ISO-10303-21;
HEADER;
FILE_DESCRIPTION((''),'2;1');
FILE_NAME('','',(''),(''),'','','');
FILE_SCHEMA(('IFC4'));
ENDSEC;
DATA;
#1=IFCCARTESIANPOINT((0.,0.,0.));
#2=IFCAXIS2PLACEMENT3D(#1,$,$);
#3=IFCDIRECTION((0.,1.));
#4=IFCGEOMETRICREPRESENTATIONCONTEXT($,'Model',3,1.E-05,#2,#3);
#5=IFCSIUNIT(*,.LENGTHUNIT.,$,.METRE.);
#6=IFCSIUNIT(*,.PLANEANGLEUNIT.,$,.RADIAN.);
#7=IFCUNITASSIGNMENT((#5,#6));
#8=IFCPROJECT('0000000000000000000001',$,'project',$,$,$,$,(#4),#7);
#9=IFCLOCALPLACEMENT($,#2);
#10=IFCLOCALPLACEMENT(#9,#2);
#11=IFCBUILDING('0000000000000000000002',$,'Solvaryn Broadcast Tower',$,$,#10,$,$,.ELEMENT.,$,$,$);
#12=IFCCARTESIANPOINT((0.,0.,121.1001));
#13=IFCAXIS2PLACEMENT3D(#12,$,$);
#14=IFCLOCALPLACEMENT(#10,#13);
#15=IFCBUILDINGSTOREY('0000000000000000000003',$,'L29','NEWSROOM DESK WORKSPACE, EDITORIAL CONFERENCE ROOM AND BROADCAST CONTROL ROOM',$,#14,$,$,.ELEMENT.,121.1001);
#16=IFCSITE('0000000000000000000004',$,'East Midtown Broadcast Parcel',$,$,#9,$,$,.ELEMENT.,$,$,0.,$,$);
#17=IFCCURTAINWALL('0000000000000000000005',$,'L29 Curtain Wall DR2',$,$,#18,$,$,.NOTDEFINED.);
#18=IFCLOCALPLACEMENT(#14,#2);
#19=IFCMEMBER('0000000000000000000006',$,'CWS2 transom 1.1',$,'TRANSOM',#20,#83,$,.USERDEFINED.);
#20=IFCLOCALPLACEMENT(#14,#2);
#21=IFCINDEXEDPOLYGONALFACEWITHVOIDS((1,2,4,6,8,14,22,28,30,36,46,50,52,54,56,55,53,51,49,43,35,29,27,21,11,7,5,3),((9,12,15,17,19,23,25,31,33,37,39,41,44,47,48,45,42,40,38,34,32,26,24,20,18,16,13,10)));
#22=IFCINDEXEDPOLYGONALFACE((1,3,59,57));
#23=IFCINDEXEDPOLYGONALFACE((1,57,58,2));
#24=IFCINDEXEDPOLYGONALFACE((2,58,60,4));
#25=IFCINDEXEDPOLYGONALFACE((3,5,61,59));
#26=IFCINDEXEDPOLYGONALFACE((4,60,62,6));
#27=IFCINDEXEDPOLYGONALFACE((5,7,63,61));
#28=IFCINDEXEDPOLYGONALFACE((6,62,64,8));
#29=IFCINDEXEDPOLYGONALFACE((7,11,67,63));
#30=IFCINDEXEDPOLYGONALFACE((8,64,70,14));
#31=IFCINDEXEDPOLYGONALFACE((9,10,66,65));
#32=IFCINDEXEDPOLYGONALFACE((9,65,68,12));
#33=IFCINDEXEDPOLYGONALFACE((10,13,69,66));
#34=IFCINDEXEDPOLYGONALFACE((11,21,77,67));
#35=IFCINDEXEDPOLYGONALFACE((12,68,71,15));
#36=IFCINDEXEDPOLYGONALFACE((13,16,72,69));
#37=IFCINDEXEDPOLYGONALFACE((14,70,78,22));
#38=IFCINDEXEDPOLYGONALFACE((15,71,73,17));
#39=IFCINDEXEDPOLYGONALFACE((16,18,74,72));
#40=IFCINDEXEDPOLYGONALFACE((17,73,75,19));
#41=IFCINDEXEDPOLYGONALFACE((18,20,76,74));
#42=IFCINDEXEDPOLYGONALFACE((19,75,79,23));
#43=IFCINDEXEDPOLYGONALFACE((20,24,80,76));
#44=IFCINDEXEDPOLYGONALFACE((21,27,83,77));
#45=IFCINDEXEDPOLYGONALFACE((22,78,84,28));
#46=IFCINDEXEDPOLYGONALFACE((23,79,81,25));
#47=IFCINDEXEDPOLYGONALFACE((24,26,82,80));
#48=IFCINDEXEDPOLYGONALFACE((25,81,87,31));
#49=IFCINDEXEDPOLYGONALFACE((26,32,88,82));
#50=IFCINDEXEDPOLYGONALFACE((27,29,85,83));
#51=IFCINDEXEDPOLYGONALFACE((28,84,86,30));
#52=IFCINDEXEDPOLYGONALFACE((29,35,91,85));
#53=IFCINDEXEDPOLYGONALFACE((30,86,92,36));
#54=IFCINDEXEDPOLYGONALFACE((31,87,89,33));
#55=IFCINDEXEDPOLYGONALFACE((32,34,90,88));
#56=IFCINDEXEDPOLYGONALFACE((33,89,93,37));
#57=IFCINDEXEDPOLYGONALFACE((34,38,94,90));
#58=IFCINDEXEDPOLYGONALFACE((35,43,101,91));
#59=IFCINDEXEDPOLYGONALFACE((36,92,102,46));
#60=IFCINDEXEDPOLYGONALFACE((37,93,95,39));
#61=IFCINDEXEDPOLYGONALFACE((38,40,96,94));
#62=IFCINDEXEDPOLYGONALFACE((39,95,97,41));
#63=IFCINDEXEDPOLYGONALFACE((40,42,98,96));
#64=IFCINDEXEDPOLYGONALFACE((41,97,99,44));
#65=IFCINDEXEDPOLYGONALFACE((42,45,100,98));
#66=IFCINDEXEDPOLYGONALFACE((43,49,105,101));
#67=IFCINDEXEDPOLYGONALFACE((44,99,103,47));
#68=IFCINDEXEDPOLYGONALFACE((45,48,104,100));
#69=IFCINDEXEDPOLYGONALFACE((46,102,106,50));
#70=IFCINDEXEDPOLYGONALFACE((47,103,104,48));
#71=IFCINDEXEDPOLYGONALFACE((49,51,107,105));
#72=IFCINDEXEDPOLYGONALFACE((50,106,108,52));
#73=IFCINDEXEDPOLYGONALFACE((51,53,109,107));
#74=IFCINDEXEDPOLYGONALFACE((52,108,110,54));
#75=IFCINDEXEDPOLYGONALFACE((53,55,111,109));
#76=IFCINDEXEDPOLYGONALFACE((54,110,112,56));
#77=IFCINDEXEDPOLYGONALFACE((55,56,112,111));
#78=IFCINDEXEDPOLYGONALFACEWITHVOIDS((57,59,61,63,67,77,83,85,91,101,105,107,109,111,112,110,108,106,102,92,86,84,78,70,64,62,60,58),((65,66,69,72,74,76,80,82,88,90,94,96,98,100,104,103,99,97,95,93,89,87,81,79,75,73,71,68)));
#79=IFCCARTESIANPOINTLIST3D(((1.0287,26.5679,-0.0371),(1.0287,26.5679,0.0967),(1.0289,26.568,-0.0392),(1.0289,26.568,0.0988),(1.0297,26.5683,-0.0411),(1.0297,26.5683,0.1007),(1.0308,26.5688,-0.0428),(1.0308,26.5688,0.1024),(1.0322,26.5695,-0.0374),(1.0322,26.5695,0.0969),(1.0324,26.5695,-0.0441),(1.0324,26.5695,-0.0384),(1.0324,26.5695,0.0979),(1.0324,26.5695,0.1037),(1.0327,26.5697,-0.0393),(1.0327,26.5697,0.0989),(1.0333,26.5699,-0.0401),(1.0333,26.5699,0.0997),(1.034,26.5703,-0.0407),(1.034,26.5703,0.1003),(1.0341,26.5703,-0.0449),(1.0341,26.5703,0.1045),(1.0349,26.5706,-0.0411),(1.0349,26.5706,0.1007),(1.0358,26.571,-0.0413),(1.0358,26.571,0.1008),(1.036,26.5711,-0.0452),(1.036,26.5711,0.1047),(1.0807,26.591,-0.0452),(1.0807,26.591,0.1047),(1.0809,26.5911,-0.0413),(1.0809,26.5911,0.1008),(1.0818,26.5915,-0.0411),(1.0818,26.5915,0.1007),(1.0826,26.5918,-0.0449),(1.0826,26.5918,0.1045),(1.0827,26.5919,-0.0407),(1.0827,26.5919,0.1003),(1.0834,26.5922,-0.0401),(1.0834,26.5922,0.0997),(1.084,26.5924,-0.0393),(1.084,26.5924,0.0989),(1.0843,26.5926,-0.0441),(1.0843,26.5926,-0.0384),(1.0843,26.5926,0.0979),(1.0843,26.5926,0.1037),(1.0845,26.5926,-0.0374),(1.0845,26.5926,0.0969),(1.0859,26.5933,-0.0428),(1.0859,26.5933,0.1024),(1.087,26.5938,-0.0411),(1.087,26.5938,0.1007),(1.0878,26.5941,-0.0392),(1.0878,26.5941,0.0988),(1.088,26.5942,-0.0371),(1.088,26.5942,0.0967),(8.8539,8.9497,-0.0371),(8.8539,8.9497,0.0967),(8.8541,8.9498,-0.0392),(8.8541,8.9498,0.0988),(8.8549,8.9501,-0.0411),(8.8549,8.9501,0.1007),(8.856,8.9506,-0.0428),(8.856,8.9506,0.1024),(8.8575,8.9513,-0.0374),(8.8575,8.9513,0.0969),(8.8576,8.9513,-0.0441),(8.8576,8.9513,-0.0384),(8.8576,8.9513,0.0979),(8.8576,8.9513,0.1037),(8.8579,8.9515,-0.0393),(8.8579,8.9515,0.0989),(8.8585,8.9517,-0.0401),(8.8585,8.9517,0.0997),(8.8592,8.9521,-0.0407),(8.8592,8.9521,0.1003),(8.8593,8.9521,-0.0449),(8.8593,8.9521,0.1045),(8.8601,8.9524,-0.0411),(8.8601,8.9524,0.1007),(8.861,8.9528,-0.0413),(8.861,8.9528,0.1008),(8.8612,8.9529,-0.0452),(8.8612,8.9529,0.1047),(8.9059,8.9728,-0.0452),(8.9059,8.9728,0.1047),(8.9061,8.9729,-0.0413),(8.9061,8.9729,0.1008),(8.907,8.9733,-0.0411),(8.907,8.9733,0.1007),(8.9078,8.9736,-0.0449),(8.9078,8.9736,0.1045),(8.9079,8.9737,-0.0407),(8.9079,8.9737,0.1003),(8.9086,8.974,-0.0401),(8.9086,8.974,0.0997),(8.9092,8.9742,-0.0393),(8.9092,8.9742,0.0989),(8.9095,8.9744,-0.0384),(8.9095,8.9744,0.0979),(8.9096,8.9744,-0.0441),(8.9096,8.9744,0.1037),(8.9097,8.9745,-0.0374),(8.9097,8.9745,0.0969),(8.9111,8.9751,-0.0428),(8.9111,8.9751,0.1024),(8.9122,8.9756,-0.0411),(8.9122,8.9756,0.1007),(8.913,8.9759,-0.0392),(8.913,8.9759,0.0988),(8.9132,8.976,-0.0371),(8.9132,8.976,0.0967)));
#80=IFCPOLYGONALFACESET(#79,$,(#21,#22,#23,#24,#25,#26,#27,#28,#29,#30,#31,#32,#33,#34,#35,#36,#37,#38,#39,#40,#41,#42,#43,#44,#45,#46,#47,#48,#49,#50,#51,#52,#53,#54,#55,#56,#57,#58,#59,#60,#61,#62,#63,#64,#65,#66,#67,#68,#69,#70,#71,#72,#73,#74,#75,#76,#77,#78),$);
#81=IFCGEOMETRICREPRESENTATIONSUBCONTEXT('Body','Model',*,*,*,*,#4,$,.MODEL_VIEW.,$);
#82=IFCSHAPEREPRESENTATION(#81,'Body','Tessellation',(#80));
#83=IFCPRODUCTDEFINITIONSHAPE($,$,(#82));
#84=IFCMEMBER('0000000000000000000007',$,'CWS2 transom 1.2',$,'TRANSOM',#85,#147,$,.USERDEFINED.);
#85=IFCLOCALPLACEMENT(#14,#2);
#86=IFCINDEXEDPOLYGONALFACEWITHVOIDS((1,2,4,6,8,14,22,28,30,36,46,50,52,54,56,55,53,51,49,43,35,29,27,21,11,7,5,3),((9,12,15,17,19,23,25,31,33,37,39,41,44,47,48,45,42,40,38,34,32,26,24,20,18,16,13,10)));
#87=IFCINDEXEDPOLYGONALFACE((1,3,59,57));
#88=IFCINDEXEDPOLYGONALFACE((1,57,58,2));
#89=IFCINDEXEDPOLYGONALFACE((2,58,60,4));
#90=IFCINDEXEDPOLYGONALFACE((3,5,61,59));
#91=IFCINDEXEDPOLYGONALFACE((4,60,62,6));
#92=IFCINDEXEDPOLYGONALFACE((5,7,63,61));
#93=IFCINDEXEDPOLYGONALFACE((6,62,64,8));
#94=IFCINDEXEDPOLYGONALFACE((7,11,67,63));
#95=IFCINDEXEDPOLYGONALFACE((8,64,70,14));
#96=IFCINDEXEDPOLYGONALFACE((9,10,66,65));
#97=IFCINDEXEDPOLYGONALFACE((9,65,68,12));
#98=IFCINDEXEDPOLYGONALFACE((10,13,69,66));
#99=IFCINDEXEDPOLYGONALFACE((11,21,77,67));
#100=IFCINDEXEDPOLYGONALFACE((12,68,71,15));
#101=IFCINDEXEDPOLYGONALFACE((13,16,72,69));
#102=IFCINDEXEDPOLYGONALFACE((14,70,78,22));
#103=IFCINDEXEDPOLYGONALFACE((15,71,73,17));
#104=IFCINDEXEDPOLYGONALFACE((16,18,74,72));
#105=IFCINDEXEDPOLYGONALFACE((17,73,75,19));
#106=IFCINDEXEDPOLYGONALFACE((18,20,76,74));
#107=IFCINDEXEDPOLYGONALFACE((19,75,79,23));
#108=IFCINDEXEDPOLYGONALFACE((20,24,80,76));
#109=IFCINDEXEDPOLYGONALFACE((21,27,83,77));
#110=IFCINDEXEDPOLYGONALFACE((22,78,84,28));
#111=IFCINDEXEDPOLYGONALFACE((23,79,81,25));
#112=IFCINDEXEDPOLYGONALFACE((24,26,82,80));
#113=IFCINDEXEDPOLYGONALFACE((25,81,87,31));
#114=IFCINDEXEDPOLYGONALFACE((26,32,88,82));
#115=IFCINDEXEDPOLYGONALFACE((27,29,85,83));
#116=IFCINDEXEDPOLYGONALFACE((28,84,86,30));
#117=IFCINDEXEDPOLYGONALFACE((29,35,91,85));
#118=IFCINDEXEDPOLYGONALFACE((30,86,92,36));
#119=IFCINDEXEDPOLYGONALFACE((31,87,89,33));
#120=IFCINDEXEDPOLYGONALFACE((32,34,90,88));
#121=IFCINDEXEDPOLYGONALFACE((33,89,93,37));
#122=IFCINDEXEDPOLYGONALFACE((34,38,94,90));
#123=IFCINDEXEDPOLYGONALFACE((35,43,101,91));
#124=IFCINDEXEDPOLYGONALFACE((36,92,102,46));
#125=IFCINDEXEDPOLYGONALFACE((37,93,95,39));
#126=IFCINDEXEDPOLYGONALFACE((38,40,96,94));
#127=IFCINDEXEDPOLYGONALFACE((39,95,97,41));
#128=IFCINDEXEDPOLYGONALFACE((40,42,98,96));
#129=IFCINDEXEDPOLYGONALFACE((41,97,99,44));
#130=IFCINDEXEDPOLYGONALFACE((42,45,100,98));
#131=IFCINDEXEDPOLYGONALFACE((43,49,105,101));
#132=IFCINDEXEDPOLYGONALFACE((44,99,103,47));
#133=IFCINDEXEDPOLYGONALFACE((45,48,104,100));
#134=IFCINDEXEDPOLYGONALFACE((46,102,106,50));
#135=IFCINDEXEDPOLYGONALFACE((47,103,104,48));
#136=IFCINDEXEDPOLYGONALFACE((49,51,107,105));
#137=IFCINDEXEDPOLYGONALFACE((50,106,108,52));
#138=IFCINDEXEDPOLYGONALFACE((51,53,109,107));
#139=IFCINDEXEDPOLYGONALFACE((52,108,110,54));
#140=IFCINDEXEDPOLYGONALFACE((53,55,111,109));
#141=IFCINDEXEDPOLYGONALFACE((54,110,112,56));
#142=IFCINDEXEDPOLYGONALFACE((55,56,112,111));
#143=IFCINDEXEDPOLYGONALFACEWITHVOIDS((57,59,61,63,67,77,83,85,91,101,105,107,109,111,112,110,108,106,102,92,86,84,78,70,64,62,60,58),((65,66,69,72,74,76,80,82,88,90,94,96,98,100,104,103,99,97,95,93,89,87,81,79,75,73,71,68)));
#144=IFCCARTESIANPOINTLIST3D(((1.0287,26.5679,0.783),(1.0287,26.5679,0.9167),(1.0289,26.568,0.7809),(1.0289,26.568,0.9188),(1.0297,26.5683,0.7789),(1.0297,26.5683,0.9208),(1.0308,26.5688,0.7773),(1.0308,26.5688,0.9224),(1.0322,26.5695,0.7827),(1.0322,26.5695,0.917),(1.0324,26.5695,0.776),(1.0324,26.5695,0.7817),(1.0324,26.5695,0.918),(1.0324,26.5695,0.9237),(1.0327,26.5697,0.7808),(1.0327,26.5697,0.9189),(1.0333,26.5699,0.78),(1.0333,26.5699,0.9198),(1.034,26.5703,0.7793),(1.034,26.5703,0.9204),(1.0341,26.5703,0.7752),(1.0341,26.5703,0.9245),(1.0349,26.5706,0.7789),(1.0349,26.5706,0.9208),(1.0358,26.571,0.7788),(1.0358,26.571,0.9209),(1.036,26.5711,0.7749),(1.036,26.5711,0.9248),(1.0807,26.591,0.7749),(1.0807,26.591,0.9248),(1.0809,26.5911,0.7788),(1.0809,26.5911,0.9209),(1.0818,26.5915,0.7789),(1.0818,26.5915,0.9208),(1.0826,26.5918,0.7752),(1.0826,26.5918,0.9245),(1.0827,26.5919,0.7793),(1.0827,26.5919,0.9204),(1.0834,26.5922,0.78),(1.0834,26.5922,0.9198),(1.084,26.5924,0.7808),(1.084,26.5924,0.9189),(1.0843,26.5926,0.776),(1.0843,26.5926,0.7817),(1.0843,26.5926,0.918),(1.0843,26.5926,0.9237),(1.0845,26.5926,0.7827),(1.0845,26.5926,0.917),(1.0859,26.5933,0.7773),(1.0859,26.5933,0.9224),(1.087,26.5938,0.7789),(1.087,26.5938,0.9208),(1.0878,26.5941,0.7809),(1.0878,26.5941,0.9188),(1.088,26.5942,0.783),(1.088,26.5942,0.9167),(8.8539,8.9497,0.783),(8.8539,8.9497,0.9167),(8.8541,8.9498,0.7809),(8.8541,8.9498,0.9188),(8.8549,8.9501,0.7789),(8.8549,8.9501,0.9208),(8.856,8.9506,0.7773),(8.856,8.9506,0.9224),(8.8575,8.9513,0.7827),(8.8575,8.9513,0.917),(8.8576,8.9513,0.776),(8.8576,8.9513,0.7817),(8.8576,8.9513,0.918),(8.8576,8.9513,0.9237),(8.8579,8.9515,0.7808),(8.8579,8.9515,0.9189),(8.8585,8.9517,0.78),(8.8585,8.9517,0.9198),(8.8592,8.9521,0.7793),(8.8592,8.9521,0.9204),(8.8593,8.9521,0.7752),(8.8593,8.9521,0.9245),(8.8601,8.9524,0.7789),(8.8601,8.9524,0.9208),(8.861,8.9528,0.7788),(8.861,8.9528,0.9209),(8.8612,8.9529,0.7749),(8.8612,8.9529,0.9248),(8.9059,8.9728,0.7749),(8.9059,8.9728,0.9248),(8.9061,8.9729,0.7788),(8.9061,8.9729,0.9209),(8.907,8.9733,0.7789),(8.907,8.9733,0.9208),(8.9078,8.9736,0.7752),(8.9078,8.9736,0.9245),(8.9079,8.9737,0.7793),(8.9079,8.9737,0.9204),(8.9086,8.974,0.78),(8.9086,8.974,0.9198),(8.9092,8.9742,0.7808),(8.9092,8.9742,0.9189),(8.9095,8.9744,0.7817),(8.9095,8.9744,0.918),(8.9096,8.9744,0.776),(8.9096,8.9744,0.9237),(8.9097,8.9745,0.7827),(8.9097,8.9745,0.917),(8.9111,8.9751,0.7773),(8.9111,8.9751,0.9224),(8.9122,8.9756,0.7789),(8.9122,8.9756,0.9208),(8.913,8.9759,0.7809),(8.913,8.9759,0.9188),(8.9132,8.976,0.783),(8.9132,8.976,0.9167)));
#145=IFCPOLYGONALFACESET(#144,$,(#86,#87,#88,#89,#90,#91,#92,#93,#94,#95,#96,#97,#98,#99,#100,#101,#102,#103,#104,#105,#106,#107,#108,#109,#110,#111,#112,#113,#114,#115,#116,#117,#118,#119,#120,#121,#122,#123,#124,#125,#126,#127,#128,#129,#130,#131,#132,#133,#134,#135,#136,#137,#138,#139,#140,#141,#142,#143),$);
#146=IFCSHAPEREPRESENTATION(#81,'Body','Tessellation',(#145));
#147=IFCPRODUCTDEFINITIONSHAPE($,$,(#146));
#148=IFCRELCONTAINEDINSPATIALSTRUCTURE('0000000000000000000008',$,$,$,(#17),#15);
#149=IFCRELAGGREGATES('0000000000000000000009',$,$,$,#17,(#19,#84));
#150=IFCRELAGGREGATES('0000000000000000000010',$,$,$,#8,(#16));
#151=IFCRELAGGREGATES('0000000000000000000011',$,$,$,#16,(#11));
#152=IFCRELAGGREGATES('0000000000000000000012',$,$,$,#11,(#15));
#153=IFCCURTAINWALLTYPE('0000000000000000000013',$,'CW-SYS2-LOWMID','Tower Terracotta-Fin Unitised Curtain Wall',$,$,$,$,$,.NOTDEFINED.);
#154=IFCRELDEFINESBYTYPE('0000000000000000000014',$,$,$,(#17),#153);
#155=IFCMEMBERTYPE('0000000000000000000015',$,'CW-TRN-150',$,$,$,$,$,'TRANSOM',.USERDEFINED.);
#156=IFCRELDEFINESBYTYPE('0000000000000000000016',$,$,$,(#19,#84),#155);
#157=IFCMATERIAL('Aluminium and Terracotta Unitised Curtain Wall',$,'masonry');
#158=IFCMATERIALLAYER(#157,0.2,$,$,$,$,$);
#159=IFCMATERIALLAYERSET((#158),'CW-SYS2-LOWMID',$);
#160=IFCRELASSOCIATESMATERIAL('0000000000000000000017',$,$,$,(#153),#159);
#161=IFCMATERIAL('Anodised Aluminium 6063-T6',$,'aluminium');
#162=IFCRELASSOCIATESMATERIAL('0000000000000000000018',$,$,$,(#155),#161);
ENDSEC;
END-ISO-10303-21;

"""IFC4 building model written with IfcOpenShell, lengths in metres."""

from ifc_helpers import new_model, si_unit, direction, frame, origin, origin_2d, place, context, subcontext, project, spatial, hollow_rectangle, extrude, material, layer, layer_set, material_profile, profile_set, type_object, element, aggregate, save


model = new_model("IFC4")

# Units and contexts
model_context = context("Model", 3, precision=1e-05, world=origin(), true_north=direction((0.0, 1.0)))
body_context = subcontext(model_context, "Body", "Model", "MODEL_VIEW")
ifc_project = project(units=[si_unit("LENGTHUNIT", "METRE"), si_unit("PLANEANGLEUNIT", "RADIAN")], contexts=[model_context])

# Site, building, storey
site_placement = place(None, origin())
site = spatial("IfcSite", under=ifc_project, at=site_placement, Name="East Midtown Broadcast Parcel", CompositionType="ELEMENT", RefElevation=0.0)
building_placement = place(site_placement, origin())
building = spatial("IfcBuilding", under=site, at=building_placement, Name="Solvaryn Broadcast Tower", CompositionType="ELEMENT")
storey_placement = place(building_placement, frame((0.0, 0.0, 121.1001)))
storey = spatial("IfcBuildingStorey", under=building, at=storey_placement, Name="L29", Description="NEWSROOM DESK WORKSPACE, EDITORIAL CONFERENCE ROOM AND BROADCAST CONTROL ROOM", CompositionType="ELEMENT", Elevation=121.1001)

# Shared definitions
ifc_material_1 = material(Name="Aluminium and Terracotta Unitised Curtain Wall", Category="masonry")
ifc_layer_1 = layer(ifc_material_1, 0.2)
ifc_layer_set_1 = layer_set([ifc_layer_1], Name="CW-SYS2-LOWMID")
curtain_wall_type = type_object("IfcCurtainWallType", Name="CW-SYS2-LOWMID", Description="Tower Terracotta-Fin Unitised Curtain Wall", PredefinedType="NOTDEFINED", material=ifc_layer_set_1)

# Curtain wall, members
curtain_wall_1_placement = place(storey_placement, origin())
curtain_wall_1 = element("IfcCurtainWall", 1, at=curtain_wall_1_placement, inside=storey, type_object=curtain_wall_type, Name="L29 Curtain Wall DR2", PredefinedType="NOTDEFINED")
ifc_material_2 = material(Name="Anodised Aluminium 6063-T6", Category="aluminium")
ifc_material_profile_1 = material_profile(ifc_material_2, hollow_rectangle(XDim=0.0649, YDim=0.1499, WallThickness=0.0039, InnerFilletRadius=0.0039, OuterFilletRadius=0.0081, at=origin_2d()))
ifc_profile_set_1 = profile_set([ifc_material_profile_1], Name="Anodised Aluminium 6063-T6")
member_type_1 = type_object("IfcMemberType", Name="CW-TRN-150", ElementType="TRANSOM", PredefinedType="USERDEFINED", material=ifc_profile_set_1)
member_1_placement = place(storey_placement, frame((1.0583, 26.5811, 0.0298), z_axis=(0.405918, -0.91391, 0.0), x_axis=(0.91391, 0.405918, 0.0)))
member_1 = element("IfcMember", 2, at=member_1_placement, type_object=member_type_1, Name="CWS2 transom 1.1", ObjectType="TRANSOM", PredefinedType="USERDEFINED", context=body_context, shape_type="SweptSolid", body=[
    extrude(hollow_rectangle(XDim=0.0649, YDim=0.1499, WallThickness=0.0039, InnerFilletRadius=0.0039, OuterFilletRadius=0.0081, at=origin_2d()), origin(), (0.0, 0.0, 1.0), 19.2778),
])
member_2_placement = place(storey_placement, frame((1.0583, 26.5811, 0.8499), z_axis=(0.405918, -0.91391, 0.0), x_axis=(0.91391, 0.405918, 0.0)))
member_2 = element("IfcMember", 3, at=member_2_placement, type_object=member_type_1, Name="CWS2 transom 1.2", ObjectType="TRANSOM", PredefinedType="USERDEFINED", context=body_context, shape_type="SweptSolid", body=[
    extrude(hollow_rectangle(XDim=0.0649, YDim=0.1499, WallThickness=0.0039, InnerFilletRadius=0.0039, OuterFilletRadius=0.0081, at=origin_2d()), origin(), (0.0, 0.0, 1.0), 19.2778),
])
aggregate(curtain_wall_1, [member_1, member_2])

save(model, "model.ifc")
